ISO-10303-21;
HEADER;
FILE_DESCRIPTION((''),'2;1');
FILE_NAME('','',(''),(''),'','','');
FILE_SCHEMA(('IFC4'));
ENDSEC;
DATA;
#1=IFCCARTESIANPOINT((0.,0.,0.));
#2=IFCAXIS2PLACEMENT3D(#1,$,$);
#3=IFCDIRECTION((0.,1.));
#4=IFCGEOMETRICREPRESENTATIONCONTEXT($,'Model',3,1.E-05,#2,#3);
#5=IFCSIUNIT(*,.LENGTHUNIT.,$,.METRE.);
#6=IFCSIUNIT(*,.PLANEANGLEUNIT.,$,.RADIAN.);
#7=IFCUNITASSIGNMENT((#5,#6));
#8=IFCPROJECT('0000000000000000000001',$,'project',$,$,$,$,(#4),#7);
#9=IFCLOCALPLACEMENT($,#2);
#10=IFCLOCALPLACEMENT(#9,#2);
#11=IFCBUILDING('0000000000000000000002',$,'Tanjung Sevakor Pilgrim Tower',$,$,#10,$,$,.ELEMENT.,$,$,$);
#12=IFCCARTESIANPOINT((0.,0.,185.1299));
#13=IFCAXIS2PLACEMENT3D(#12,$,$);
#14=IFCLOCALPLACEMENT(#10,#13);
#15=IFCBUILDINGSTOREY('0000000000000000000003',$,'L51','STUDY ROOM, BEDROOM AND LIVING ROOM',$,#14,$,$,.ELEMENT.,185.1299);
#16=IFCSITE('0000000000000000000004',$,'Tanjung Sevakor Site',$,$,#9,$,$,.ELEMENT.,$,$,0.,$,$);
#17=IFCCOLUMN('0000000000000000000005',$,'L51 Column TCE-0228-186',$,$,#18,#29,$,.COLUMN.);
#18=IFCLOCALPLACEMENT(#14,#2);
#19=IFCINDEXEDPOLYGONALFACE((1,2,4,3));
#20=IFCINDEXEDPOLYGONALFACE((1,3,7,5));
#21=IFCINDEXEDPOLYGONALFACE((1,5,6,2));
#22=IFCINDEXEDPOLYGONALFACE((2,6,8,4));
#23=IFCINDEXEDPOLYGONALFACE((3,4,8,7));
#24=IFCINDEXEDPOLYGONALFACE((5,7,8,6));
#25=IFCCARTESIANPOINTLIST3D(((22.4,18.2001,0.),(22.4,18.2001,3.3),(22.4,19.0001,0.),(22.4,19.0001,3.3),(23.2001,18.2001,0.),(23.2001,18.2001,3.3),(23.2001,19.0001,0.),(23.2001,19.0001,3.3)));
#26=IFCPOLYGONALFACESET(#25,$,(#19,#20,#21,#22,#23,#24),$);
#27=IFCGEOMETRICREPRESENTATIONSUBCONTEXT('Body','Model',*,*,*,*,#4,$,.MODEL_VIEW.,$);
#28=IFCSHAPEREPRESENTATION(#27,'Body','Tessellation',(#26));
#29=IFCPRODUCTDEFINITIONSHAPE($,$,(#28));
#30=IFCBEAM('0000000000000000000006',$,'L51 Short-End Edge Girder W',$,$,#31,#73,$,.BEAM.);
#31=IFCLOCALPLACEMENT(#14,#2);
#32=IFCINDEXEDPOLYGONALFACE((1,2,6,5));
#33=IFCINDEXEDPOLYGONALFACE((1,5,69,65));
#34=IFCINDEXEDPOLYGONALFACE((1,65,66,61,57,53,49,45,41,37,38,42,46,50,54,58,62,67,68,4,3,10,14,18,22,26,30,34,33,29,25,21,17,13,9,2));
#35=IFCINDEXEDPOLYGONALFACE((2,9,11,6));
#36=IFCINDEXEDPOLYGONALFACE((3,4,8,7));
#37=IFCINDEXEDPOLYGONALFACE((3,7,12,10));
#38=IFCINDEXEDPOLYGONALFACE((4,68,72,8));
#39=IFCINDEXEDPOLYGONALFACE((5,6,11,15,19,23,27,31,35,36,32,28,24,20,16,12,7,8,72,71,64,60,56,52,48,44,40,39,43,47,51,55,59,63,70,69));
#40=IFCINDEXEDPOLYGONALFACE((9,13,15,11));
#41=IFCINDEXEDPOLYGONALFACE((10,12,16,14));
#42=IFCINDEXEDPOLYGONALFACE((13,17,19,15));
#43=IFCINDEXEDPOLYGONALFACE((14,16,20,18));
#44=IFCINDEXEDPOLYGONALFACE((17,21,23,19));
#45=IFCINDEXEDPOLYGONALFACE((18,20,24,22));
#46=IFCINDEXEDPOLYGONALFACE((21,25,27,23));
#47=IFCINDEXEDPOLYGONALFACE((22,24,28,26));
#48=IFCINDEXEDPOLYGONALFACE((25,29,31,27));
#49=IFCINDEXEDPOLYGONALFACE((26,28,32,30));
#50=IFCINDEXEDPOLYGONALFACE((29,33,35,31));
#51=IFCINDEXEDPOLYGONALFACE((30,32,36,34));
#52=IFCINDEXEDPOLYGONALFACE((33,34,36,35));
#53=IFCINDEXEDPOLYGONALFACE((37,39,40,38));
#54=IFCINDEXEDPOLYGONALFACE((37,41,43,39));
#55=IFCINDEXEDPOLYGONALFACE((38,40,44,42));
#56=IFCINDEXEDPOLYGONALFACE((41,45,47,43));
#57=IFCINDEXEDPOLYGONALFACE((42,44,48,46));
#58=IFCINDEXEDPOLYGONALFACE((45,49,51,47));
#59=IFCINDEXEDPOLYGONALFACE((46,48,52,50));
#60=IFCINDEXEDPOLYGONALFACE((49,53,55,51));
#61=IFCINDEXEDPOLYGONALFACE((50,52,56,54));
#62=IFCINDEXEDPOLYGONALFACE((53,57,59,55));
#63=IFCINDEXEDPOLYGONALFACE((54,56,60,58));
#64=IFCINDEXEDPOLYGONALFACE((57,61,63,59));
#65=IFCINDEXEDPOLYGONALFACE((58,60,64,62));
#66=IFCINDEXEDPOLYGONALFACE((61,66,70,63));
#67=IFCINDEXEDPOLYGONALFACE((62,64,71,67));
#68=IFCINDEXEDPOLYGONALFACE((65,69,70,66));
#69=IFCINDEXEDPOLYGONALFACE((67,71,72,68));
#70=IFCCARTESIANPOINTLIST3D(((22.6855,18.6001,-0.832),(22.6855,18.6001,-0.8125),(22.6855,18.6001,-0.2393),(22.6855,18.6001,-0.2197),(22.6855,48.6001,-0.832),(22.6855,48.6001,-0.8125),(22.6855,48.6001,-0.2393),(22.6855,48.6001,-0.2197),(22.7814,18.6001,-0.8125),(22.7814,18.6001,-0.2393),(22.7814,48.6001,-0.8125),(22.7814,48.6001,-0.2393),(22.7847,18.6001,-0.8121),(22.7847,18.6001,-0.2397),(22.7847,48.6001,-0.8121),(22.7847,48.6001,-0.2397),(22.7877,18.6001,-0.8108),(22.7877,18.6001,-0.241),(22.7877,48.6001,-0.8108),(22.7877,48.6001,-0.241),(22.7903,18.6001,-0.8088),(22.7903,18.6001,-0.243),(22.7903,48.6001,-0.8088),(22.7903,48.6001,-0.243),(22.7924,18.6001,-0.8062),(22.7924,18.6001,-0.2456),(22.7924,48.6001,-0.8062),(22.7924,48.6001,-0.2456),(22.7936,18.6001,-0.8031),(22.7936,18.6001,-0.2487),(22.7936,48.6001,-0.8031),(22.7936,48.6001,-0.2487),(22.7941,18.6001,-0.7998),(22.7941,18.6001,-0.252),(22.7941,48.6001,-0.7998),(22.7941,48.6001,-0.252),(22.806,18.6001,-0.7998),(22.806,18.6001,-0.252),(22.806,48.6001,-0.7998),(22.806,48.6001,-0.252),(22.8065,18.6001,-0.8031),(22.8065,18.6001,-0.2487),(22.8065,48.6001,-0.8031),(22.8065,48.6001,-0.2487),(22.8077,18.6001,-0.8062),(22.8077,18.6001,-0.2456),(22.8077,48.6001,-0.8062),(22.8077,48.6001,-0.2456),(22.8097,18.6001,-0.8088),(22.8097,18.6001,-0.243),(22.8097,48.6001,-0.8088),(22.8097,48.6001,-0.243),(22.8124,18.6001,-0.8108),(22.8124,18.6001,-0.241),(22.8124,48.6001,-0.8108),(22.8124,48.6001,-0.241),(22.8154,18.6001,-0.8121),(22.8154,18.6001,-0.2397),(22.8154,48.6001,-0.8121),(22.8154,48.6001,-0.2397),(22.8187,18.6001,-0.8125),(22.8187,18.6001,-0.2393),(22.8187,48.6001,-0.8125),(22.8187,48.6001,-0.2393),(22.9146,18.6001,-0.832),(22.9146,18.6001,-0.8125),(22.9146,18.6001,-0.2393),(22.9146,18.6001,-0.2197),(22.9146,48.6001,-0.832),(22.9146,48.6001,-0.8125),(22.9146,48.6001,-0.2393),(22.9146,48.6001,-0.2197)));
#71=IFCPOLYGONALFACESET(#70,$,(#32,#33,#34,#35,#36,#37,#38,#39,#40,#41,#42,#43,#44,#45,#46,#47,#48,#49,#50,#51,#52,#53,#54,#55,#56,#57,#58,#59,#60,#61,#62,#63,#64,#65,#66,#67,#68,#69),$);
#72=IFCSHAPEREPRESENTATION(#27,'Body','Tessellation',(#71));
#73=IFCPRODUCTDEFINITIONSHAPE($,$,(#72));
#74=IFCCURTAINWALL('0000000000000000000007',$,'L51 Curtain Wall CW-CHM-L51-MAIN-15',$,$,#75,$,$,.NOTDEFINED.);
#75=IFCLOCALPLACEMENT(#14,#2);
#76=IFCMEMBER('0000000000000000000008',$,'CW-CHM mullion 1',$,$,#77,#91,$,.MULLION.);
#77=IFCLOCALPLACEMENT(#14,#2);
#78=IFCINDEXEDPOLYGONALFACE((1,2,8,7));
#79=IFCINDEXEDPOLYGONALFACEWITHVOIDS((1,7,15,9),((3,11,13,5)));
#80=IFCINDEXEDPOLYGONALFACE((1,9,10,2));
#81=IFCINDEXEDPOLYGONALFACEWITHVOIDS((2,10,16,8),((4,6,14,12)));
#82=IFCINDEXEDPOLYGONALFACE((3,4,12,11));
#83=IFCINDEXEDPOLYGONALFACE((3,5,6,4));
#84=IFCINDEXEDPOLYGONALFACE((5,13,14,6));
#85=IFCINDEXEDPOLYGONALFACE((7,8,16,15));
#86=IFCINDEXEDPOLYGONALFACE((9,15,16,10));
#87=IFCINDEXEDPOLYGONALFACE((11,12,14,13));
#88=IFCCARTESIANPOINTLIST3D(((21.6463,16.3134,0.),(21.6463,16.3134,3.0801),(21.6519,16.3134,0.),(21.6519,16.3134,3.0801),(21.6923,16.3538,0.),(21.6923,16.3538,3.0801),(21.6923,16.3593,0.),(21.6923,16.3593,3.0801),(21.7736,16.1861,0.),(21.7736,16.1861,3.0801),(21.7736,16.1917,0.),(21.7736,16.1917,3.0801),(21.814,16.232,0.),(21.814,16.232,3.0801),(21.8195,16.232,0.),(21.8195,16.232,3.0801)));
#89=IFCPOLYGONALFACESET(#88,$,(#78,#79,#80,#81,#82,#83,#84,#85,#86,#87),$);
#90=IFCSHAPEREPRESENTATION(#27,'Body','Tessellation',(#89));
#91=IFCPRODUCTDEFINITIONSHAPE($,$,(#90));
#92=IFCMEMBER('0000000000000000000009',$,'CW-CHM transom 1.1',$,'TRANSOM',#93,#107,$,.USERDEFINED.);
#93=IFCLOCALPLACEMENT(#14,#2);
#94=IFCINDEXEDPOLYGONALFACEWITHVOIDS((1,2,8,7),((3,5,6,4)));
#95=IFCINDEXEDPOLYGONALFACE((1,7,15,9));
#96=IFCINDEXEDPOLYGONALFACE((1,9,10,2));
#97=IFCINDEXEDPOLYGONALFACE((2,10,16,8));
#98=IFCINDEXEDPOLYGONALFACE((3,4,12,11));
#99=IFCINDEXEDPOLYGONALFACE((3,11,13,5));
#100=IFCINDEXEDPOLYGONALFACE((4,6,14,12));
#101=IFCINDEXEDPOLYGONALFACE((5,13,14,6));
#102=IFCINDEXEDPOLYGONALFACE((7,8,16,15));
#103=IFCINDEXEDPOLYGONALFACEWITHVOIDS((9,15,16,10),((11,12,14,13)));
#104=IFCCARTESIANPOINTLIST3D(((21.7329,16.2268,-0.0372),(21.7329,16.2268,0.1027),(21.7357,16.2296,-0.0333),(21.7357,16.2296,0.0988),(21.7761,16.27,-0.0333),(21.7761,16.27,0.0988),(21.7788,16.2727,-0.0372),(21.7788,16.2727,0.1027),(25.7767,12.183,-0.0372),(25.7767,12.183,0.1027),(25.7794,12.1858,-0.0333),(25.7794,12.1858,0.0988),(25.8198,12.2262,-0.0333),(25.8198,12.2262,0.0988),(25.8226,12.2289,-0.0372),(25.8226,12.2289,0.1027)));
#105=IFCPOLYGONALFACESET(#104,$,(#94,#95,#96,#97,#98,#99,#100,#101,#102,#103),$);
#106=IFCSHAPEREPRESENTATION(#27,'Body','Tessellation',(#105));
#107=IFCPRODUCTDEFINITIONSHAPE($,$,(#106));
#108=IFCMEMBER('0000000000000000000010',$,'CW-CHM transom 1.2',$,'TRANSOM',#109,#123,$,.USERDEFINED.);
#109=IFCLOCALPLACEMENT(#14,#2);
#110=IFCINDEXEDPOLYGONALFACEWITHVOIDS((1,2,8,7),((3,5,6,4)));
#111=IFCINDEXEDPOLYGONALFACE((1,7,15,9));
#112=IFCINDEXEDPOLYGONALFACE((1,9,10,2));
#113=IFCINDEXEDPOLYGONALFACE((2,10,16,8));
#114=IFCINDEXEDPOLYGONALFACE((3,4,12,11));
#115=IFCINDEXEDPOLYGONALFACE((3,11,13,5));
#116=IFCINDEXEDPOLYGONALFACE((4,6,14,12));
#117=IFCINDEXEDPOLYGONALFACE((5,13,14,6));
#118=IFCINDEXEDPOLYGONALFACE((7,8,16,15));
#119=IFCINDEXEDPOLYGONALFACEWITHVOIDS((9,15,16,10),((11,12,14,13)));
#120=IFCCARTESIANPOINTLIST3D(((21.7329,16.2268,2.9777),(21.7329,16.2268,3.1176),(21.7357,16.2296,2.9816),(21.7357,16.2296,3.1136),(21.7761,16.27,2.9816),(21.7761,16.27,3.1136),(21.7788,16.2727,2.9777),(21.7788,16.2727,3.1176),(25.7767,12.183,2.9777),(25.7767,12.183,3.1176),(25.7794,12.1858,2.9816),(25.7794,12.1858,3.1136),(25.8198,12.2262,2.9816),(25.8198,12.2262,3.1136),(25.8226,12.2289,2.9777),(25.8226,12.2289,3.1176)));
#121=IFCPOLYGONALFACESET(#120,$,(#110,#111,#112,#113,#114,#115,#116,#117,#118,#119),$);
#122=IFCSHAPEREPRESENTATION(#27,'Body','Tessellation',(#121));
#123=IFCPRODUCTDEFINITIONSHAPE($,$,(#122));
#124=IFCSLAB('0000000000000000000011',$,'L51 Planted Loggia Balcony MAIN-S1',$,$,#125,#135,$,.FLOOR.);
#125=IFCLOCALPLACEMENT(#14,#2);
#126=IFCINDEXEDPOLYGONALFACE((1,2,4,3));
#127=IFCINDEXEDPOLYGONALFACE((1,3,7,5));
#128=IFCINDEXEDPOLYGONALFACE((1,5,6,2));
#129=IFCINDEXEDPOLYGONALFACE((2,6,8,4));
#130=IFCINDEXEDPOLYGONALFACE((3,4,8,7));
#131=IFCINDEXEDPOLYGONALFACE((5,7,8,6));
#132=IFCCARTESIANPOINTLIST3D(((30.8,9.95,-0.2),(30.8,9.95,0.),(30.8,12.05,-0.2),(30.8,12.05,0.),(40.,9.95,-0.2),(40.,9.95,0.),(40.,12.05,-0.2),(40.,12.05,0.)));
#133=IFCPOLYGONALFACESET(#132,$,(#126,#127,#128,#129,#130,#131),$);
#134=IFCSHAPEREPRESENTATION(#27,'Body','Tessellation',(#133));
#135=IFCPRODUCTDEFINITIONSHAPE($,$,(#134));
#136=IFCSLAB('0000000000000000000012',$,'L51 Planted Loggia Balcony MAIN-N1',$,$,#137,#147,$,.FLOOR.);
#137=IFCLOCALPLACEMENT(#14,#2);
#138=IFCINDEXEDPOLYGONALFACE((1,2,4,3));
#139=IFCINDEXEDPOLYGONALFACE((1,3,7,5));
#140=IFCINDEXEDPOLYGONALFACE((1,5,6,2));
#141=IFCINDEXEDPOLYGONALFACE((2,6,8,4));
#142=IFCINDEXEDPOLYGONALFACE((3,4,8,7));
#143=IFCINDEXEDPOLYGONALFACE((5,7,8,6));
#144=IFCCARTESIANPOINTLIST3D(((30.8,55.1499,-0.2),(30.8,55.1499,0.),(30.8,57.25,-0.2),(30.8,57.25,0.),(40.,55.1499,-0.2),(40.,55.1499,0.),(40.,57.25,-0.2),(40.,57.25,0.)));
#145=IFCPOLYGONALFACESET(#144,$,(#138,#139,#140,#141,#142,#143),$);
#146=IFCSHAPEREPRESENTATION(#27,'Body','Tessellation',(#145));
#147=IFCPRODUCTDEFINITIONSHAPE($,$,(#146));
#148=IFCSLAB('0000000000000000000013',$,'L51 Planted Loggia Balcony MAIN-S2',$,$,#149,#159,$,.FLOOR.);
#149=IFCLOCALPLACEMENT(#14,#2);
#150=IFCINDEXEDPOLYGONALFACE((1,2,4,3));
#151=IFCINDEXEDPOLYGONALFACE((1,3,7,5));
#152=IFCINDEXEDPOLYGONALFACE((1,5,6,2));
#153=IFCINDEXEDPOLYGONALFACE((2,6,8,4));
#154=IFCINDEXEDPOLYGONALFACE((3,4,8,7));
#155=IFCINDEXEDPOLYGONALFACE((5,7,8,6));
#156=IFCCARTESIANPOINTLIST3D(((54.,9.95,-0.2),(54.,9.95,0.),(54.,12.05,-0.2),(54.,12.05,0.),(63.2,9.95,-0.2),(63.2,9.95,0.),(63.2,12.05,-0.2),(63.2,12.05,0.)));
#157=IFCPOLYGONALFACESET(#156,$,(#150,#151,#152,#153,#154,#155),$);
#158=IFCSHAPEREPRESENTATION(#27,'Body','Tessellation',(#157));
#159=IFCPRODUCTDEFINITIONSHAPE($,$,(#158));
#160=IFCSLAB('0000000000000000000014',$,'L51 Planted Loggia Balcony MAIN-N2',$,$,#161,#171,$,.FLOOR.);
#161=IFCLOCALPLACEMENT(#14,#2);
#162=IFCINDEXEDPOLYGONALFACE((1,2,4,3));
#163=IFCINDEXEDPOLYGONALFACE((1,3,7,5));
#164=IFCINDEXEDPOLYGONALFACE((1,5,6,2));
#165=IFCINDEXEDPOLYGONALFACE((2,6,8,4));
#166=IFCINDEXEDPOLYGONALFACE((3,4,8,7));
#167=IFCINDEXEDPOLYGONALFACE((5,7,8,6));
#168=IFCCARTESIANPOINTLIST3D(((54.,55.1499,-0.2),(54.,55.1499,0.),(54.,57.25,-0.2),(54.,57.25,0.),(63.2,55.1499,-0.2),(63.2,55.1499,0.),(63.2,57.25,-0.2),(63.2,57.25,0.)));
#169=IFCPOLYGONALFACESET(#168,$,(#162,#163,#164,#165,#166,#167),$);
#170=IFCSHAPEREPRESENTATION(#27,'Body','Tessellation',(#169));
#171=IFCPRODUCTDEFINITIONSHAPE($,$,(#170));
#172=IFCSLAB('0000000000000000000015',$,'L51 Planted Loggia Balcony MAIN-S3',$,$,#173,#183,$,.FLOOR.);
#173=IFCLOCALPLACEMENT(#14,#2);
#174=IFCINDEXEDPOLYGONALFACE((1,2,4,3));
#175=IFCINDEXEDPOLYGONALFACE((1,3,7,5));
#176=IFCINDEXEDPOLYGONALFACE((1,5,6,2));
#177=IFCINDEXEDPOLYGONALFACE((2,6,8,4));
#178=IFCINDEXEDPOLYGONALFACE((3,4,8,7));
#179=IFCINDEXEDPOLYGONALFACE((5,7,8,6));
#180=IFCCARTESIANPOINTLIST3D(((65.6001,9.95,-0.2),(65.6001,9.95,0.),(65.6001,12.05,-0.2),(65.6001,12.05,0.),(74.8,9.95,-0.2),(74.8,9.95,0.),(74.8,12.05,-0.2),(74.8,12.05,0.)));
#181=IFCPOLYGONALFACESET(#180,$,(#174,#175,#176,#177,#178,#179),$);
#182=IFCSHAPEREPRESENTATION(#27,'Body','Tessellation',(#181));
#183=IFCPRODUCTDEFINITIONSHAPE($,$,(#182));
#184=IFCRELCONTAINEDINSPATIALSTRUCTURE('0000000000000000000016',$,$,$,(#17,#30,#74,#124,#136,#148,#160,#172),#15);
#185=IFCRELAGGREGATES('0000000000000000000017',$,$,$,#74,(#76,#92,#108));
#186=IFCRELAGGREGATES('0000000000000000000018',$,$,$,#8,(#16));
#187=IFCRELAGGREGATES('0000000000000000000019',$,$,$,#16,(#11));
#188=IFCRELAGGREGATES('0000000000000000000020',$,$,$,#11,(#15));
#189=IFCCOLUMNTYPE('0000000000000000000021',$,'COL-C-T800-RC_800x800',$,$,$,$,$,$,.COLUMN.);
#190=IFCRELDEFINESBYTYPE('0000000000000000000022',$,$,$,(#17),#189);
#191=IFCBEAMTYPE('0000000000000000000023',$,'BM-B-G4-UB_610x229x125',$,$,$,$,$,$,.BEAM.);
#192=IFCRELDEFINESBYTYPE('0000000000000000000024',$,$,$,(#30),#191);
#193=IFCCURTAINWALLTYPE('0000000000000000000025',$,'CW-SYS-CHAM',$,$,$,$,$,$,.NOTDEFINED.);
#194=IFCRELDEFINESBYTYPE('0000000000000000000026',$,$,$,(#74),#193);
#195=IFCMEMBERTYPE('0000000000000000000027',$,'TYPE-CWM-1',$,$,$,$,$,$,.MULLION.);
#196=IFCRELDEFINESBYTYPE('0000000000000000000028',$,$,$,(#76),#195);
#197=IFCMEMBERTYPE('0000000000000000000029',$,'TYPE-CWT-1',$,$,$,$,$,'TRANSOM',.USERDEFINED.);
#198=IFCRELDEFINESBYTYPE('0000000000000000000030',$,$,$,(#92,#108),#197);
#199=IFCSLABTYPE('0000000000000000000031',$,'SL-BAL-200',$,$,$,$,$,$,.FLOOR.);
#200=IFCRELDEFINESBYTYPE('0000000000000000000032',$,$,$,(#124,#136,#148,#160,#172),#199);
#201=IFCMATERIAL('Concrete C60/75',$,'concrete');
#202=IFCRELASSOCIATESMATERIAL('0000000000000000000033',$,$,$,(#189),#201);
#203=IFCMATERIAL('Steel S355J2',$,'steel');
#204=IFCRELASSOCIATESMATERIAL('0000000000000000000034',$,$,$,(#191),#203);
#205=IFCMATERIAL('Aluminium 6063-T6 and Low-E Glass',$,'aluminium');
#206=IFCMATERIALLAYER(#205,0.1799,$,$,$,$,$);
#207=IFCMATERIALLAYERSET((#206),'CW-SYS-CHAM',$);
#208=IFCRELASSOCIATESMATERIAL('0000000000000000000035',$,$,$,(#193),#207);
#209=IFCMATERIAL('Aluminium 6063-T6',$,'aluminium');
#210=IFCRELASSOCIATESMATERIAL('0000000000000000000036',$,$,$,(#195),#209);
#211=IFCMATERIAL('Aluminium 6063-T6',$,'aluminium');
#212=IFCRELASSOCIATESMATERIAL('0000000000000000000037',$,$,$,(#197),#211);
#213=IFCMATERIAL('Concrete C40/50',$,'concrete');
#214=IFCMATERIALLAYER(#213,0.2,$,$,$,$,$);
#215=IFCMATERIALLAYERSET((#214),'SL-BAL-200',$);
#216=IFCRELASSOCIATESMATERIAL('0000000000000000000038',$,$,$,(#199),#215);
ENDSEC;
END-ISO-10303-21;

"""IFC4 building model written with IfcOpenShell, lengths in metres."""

from ifc_helpers import new_model, si_unit, direction, frame, origin, origin_2d, place, context, subcontext, project, spatial, polyline, rectangle, hollow_rectangle, i_section, outline, extrude, material, layer, layer_set, material_profile, profile_set, type_object, element, aggregate, save


model = new_model("IFC4")

# Units and contexts
model_context = context("Model", 3, precision=1e-05, world=origin(), true_north=direction((0.0, 1.0)))
body_context = subcontext(model_context, "Body", "Model", "MODEL_VIEW")
ifc_project = project(units=[si_unit("LENGTHUNIT", "METRE"), si_unit("PLANEANGLEUNIT", "RADIAN")], contexts=[model_context])

# Site, building, storey
site_placement = place(None, origin())
site = spatial("IfcSite", under=ifc_project, at=site_placement, Name="Tanjung Sevakor Site", CompositionType="ELEMENT", RefElevation=0.0)
building_placement = place(site_placement, origin())
building = spatial("IfcBuilding", under=site, at=building_placement, Name="Tanjung Sevakor Pilgrim Tower", CompositionType="ELEMENT")
storey_placement = place(building_placement, frame((0.0, 0.0, 185.1299)))
storey = spatial("IfcBuildingStorey", under=building, at=storey_placement, Name="L51", Description="STUDY ROOM, BEDROOM AND LIVING ROOM", CompositionType="ELEMENT", Elevation=185.1299)

# Column
ifc_material_1 = material(Name="Concrete C60/75", Category="concrete")
ifc_material_profile_1 = material_profile(ifc_material_1, rectangle(XDim=0.8, YDim=0.8, at=origin_2d()))
ifc_profile_set_1 = profile_set([ifc_material_profile_1], Name="Concrete C60/75")
column_type = type_object("IfcColumnType", Name="COL-C-T800-RC_800x800", PredefinedType="COLUMN", material=ifc_profile_set_1)
column_placement = place(storey_placement, frame((22.8, 18.6001, 0.0), z_axis=(0.0, 0.0, 1.0), x_axis=(1.0, 0.0, 0.0)))
element("IfcColumn", 1, at=column_placement, inside=storey, type_object=column_type, Name="L51 Column TCE-0228-186", PredefinedType="COLUMN", context=body_context, shape_type="SweptSolid", body=[
    extrude(rectangle(XDim=0.8, YDim=0.8, at=origin_2d()), origin(), (0.0, 0.0, 1.0), 3.3),
])

# Beam
ifc_material_2 = material(Name="Steel S355J2", Category="steel")
ifc_material_profile_2 = material_profile(ifc_material_2, i_section(OverallWidth=0.229, OverallDepth=0.6123, WebThickness=0.012, FlangeThickness=0.0195, FilletRadius=0.0127, at=origin_2d()))
ifc_profile_set_2 = profile_set([ifc_material_profile_2], Name="Steel S355J2")
beam_type = type_object("IfcBeamType", Name="BM-B-G4-UB_610x229x125", PredefinedType="BEAM", material=ifc_profile_set_2)
beam_placement = place(storey_placement, frame((22.8, 18.6001, -0.5259), z_axis=(0.0, 1.0, 0.0), x_axis=(-1.0, 0.0, 0.0)))
element("IfcBeam", 2, at=beam_placement, inside=storey, type_object=beam_type, Name="L51 Short-End Edge Girder W", PredefinedType="BEAM", context=body_context, shape_type="SweptSolid", body=[
    extrude(i_section(OverallWidth=0.229, OverallDepth=0.6123, WebThickness=0.012, FlangeThickness=0.0195, FilletRadius=0.0127, at=origin_2d()), origin(), (0.0, 0.0, 1.0), 30.0),
])

# Curtain wall, members
ifc_material_3 = material(Name="Aluminium 6063-T6 and Low-E Glass", Category="aluminium")
ifc_layer_1 = layer(ifc_material_3, 0.1799)
ifc_layer_set_1 = layer_set([ifc_layer_1], Name="CW-SYS-CHAM")
curtain_wall_type = type_object("IfcCurtainWallType", Name="CW-SYS-CHAM", PredefinedType="NOTDEFINED", material=ifc_layer_set_1)
curtain_wall_placement = place(storey_placement, origin())
curtain_wall = element("IfcCurtainWall", 3, at=curtain_wall_placement, inside=storey, type_object=curtain_wall_type, Name="L51 Curtain Wall CW-CHM-L51-MAIN-15", PredefinedType="NOTDEFINED")
ifc_material_4 = material(Name="Aluminium 6063-T6", Category="aluminium")
ifc_material_profile_3 = material_profile(ifc_material_4, hollow_rectangle(XDim=0.0649, YDim=0.1799, WallThickness=0.0039, at=origin_2d()))
ifc_profile_set_3 = profile_set([ifc_material_profile_3], Name="Aluminium 6063-T6")
member_type_1 = type_object("IfcMemberType", Name="TYPE-CWM-1", PredefinedType="MULLION", material=ifc_profile_set_3)
member_1_placement = place(storey_placement, frame((21.7329, 16.2727, 0.0), z_axis=(0.0, 0.0, 1.0), x_axis=(0.707107, 0.707107, 0.0)))
member_1 = element("IfcMember", 4, at=member_1_placement, type_object=member_type_1, Name="CW-CHM mullion 1", PredefinedType="MULLION", context=body_context, shape_type="SweptSolid", body=[
    extrude(hollow_rectangle(XDim=0.0649, YDim=0.1799, WallThickness=0.0039, at=origin_2d()), origin(), (0.0, 0.0, 1.0), 3.0801),
])
ifc_material_5 = material(Name="Aluminium 6063-T6", Category="aluminium")
ifc_material_profile_4 = material_profile(ifc_material_5, hollow_rectangle(XDim=0.0649, YDim=0.1399, WallThickness=0.0039, at=origin_2d()))
ifc_profile_set_4 = profile_set([ifc_material_profile_4], Name="Aluminium 6063-T6")
member_type_2 = type_object("IfcMemberType", Name="TYPE-CWT-1", ElementType="TRANSOM", PredefinedType="USERDEFINED", material=ifc_profile_set_4)
member_2_placement = place(storey_placement, frame((21.7559, 16.2498, 0.0327), z_axis=(0.707107, -0.707107, 0.0), x_axis=(0.707107, 0.707107, 0.0)))
member_2 = element("IfcMember", 5, at=member_2_placement, type_object=member_type_2, Name="CW-CHM transom 1.1", ObjectType="TRANSOM", PredefinedType="USERDEFINED", context=body_context, shape_type="SweptSolid", body=[
    extrude(hollow_rectangle(XDim=0.0649, YDim=0.1399, WallThickness=0.0039, at=origin_2d()), origin(), (0.0, 0.0, 1.0), 5.7188),
])
member_3_placement = place(storey_placement, frame((21.7559, 16.2498, 3.0476), z_axis=(0.707107, -0.707107, 0.0), x_axis=(0.707107, 0.707107, 0.0)))
member_3 = element("IfcMember", 6, at=member_3_placement, type_object=member_type_2, Name="CW-CHM transom 1.2", ObjectType="TRANSOM", PredefinedType="USERDEFINED", context=body_context, shape_type="SweptSolid", body=[
    extrude(hollow_rectangle(XDim=0.0649, YDim=0.1399, WallThickness=0.0039, at=origin_2d()), origin(), (0.0, 0.0, 1.0), 5.7188),
])

# Slabs
ifc_material_6 = material(Name="Concrete C40/50", Category="concrete")
ifc_layer_2 = layer(ifc_material_6, 0.2)
ifc_layer_set_2 = layer_set([ifc_layer_2], Name="SL-BAL-200")
slab_type_1 = type_object("IfcSlabType", Name="SL-BAL-200", PredefinedType="FLOOR", material=ifc_layer_set_2)
slab_1_placement = place(storey_placement, frame((0.0, 0.0, -0.2)))
element("IfcSlab", 7, at=slab_1_placement, inside=storey, type_object=slab_type_1, Name="L51 Planted Loggia Balcony MAIN-S1", PredefinedType="FLOOR", context=body_context, shape_type="SweptSolid", body=[
    extrude(outline(polyline([(30.8, 9.95), (40.0, 9.95), (40.0, 12.05), (30.8, 12.05), (30.8, 9.95)])), origin(), (0.0, 0.0, 1.0), 0.2),
])
slab_2_placement = place(storey_placement, frame((0.0, 0.0, -0.2)))
element("IfcSlab", 8, at=slab_2_placement, inside=storey, type_object=slab_type_1, Name="L51 Planted Loggia Balcony MAIN-N1", PredefinedType="FLOOR", context=body_context, shape_type="SweptSolid", body=[
    extrude(outline(polyline([(30.8, 55.1499), (40.0, 55.1499), (40.0, 57.25), (30.8, 57.25), (30.8, 55.1499)])), origin(), (0.0, 0.0, 1.0), 0.2),
])
slab_3_placement = place(storey_placement, frame((0.0, 0.0, -0.2)))
element("IfcSlab", 9, at=slab_3_placement, inside=storey, type_object=slab_type_1, Name="L51 Planted Loggia Balcony MAIN-S2", PredefinedType="FLOOR", context=body_context, shape_type="SweptSolid", body=[
    extrude(outline(polyline([(54.0, 9.95), (63.2, 9.95), (63.2, 12.05), (54.0, 12.05), (54.0, 9.95)])), origin(), (0.0, 0.0, 1.0), 0.2),
])
slab_4_placement = place(storey_placement, frame((0.0, 0.0, -0.2)))
element("IfcSlab", 10, at=slab_4_placement, inside=storey, type_object=slab_type_1, Name="L51 Planted Loggia Balcony MAIN-N2", PredefinedType="FLOOR", context=body_context, shape_type="SweptSolid", body=[
    extrude(outline(polyline([(54.0, 55.1499), (63.2, 55.1499), (63.2, 57.25), (54.0, 57.25), (54.0, 55.1499)])), origin(), (0.0, 0.0, 1.0), 0.2),
])
slab_5_placement = place(storey_placement, frame((0.0, 0.0, -0.2)))
element("IfcSlab", 11, at=slab_5_placement, inside=storey, type_object=slab_type_1, Name="L51 Planted Loggia Balcony MAIN-S3", PredefinedType="FLOOR", context=body_context, shape_type="SweptSolid", body=[
    extrude(outline(polyline([(65.6001, 9.95), (74.8, 9.95), (74.8, 12.05), (65.6001, 12.05), (65.6001, 9.95)])), origin(), (0.0, 0.0, 1.0), 0.2),
])

aggregate(curtain_wall, [member_1, member_2, member_3])

save(model, "model.ifc")
